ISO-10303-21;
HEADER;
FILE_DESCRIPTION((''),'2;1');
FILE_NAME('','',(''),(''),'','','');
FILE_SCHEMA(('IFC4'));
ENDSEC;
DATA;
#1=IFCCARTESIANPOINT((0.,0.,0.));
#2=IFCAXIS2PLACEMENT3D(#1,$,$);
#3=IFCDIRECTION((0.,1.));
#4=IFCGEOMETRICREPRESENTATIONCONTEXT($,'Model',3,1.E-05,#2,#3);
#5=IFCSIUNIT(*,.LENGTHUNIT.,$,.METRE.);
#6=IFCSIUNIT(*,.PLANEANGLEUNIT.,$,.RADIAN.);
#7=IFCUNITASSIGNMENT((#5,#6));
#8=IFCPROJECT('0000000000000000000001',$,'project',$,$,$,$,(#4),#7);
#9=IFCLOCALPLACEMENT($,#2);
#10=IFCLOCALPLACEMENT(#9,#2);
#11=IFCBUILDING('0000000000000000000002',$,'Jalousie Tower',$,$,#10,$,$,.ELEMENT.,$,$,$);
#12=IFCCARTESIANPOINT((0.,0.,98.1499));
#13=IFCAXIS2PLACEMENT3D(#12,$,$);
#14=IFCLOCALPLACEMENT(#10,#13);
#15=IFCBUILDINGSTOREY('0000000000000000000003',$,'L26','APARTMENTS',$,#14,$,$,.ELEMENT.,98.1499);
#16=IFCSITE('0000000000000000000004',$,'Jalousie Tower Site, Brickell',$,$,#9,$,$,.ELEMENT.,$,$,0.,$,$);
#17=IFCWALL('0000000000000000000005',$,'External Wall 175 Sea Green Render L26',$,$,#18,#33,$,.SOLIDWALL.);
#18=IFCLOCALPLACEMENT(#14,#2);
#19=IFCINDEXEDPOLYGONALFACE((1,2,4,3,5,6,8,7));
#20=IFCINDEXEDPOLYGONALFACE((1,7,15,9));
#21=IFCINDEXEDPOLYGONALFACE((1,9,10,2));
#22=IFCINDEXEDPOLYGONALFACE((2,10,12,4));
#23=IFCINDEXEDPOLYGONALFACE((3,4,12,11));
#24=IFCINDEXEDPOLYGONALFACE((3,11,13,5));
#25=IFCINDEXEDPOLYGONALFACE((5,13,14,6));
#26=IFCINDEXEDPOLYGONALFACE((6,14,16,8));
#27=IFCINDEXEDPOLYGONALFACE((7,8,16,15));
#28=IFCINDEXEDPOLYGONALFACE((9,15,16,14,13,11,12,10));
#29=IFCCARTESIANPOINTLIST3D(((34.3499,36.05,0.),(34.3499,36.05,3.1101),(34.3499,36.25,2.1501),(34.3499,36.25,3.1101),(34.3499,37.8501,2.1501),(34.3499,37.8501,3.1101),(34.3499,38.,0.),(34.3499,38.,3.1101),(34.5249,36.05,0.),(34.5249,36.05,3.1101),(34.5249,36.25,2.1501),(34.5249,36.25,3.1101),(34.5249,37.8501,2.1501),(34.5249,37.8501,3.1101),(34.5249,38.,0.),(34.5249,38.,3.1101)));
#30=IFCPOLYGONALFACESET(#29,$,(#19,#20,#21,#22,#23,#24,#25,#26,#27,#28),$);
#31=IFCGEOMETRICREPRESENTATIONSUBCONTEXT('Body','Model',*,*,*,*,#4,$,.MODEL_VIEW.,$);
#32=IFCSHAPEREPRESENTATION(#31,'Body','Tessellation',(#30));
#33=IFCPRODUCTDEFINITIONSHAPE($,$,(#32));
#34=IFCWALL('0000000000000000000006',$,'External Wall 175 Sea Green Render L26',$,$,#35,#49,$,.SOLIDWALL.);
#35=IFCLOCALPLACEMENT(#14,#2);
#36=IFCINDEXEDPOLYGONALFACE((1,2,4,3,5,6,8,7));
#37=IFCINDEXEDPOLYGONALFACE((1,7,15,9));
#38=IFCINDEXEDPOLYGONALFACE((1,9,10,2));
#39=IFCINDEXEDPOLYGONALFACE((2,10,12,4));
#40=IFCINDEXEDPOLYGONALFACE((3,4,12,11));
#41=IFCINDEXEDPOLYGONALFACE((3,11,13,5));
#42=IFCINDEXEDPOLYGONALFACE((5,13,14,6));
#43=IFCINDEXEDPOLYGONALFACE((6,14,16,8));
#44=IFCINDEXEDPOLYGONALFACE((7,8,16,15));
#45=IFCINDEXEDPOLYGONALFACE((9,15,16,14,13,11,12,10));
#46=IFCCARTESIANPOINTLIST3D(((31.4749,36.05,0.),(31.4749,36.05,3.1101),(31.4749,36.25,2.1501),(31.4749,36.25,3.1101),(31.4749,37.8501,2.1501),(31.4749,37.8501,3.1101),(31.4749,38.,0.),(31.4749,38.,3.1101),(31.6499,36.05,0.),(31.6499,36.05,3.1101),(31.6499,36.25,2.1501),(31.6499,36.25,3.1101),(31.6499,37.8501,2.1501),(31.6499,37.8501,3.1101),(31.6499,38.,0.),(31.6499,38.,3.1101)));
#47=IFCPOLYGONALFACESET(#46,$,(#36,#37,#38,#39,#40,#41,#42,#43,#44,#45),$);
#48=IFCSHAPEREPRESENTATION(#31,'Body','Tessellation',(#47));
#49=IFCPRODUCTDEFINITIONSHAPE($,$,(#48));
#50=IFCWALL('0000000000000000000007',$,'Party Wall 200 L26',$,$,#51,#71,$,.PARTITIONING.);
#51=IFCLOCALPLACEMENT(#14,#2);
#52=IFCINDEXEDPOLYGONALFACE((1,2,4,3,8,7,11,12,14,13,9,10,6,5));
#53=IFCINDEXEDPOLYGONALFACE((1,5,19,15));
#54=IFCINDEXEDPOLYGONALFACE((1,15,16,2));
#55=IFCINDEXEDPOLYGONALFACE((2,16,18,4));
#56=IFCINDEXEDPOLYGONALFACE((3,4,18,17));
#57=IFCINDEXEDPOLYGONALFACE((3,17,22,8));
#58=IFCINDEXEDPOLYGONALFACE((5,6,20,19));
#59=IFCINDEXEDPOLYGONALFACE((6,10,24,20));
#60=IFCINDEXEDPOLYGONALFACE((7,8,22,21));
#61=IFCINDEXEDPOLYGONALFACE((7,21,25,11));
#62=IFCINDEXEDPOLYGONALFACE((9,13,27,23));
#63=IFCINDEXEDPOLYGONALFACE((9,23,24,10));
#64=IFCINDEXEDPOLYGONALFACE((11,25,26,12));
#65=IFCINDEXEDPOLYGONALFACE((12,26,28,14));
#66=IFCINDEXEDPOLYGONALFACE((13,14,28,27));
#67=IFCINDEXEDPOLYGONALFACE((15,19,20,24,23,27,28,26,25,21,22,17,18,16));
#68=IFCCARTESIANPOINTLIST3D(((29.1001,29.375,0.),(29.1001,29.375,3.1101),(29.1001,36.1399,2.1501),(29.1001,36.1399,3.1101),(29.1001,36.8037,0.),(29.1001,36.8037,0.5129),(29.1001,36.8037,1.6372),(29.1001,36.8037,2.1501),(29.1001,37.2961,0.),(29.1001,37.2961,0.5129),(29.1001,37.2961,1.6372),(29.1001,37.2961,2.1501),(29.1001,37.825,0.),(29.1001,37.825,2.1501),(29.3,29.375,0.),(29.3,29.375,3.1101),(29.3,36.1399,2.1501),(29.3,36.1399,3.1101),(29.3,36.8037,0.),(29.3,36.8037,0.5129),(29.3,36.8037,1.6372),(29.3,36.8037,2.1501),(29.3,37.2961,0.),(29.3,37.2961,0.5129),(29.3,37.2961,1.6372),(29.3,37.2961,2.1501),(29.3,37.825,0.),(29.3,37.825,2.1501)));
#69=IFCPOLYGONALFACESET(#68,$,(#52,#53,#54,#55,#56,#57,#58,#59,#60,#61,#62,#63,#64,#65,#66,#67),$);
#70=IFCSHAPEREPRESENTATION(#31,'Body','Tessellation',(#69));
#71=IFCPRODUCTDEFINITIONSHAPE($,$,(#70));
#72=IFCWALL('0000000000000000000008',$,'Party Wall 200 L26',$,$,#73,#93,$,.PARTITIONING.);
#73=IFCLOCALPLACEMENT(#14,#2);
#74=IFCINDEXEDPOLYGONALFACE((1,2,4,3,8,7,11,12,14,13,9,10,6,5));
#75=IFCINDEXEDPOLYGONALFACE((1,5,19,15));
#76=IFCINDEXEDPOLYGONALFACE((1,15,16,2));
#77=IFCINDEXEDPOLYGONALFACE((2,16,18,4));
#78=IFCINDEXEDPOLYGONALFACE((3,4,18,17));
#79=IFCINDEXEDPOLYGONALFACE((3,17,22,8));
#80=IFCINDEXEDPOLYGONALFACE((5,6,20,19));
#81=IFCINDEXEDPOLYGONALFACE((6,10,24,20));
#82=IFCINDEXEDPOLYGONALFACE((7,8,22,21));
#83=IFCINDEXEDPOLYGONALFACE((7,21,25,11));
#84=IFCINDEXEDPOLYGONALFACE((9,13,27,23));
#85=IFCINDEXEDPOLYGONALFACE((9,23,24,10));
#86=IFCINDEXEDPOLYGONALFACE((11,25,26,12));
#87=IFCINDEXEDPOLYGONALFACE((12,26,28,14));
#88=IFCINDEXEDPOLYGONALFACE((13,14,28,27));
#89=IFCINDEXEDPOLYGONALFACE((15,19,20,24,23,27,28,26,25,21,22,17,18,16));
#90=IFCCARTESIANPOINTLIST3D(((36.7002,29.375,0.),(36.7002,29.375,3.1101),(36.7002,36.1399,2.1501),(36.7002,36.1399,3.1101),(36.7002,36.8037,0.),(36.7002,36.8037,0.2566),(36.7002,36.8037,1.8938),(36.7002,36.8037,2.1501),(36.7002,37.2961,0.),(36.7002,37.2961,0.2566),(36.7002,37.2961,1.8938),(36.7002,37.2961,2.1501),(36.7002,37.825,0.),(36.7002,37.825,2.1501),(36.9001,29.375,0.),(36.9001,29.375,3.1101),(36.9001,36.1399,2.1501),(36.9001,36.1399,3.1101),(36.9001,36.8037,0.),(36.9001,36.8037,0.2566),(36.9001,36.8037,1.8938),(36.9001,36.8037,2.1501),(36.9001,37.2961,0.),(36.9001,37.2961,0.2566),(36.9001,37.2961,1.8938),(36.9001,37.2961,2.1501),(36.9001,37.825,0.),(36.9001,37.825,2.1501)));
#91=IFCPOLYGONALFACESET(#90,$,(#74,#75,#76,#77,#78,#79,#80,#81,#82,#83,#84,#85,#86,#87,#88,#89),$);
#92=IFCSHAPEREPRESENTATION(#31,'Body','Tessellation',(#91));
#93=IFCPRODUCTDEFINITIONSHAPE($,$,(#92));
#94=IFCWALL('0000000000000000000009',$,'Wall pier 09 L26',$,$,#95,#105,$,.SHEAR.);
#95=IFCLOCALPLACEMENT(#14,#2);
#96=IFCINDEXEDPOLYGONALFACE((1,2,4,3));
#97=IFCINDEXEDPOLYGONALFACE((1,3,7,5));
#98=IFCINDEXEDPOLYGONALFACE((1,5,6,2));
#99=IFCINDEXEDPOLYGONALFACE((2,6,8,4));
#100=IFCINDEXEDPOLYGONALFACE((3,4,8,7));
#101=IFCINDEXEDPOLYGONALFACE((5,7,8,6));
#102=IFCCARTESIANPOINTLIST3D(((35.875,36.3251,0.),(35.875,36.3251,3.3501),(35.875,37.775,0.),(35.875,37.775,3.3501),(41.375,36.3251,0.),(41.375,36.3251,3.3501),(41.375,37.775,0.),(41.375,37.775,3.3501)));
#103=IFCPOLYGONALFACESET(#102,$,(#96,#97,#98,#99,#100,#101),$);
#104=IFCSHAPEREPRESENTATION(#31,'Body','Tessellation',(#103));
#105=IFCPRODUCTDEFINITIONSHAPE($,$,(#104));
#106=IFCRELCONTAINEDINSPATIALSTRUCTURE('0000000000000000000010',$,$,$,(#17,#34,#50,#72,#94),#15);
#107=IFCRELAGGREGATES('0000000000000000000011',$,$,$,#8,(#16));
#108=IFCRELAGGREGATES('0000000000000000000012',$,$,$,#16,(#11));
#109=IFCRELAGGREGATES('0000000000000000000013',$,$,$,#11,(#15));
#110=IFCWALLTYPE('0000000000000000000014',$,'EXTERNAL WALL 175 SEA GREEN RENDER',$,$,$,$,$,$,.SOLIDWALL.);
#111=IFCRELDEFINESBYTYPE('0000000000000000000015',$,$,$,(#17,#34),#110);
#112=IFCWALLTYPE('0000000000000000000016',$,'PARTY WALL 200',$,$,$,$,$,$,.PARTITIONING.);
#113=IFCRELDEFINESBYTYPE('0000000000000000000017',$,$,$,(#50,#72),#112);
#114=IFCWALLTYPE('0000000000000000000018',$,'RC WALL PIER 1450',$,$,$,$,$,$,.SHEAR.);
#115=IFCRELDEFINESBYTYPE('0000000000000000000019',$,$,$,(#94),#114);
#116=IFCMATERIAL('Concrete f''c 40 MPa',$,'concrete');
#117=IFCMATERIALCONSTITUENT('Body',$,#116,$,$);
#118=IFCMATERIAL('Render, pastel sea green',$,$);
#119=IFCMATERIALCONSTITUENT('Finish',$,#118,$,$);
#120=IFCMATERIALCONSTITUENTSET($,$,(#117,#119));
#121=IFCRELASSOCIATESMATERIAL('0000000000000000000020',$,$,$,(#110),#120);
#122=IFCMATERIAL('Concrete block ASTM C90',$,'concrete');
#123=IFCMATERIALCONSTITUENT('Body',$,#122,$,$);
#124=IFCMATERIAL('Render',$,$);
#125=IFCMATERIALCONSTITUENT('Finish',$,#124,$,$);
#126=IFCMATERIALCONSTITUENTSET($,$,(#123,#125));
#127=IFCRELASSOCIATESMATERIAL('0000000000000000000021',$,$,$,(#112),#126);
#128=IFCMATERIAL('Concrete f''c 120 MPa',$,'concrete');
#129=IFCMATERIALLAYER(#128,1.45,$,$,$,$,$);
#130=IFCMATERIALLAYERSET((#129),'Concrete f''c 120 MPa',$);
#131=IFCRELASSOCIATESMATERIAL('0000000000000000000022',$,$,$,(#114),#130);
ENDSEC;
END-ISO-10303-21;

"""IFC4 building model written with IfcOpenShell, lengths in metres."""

from ifc_helpers import new_model, si_unit, direction, frame, frame_2d, origin, place, context, subcontext, project, spatial, polyline, rectangle, outline, extrude, material, layer, layer_set, constituent, constituent_set, type_object, element, save


model = new_model("IFC4")

# Units and contexts
model_context = context("Model", 3, precision=1e-05, world=origin(), true_north=direction((0.0, 1.0)))
body_context = subcontext(model_context, "Body", "Model", "MODEL_VIEW")
ifc_project = project(units=[si_unit("LENGTHUNIT", "METRE"), si_unit("PLANEANGLEUNIT", "RADIAN")], contexts=[model_context])

# Site, building, storey
site_placement = place(None, origin())
site = spatial("IfcSite", under=ifc_project, at=site_placement, Name="Jalousie Tower Site, Brickell", CompositionType="ELEMENT", RefElevation=0.0)
building_placement = place(site_placement, origin())
building = spatial("IfcBuilding", under=site, at=building_placement, Name="Jalousie Tower", CompositionType="ELEMENT")
storey_placement = place(building_placement, frame((0.0, 0.0, 98.1499)))
storey = spatial("IfcBuildingStorey", under=building, at=storey_placement, Name="L26", Description="APARTMENTS", CompositionType="ELEMENT", Elevation=98.1499)

# Walls
ifc_material_1 = material(Name="Concrete f'c 40 MPa", Category="concrete")
ifc_constituent_1 = constituent(ifc_material_1, Name="Body")
ifc_material_2 = material(Name="Render, pastel sea green")
ifc_constituent_2 = constituent(ifc_material_2, Name="Finish")
ifc_constituent_set_1 = constituent_set(constituents=[ifc_constituent_1, ifc_constituent_2])
wall_type_1 = type_object("IfcWallType", Name="EXTERNAL WALL 175 SEA GREEN RENDER", PredefinedType="SOLIDWALL", material=ifc_constituent_set_1)
for number, where, z_axis, x_axis, name in (
    (1, (34.4375, 38.0, 0.0), (0.0, 0.0, 1.0), (0.0, -1.0, 0.0), "External Wall 175 Sea Green Render L26"),
    (2, (31.5625, 38.0, 0.0), (0.0, 0.0, 1.0), (0.0, -1.0, 0.0), "External Wall 175 Sea Green Render L26"),
):
    element("IfcWall", number, at=place(storey_placement, frame(where, z_axis=z_axis, x_axis=x_axis)), inside=storey, type_object=wall_type_1, Name=name, PredefinedType="SOLIDWALL", context=body_context, shape_type="SweptSolid", body=[
        extrude(outline(polyline([(0.0, 0.0), (1.95, 0.0), (1.95, 3.1101), (1.75, 3.1101), (1.75, 2.1501), (0.1499, 2.1501), (0.1499, 3.1101), (0.0, 3.1101), (0.0, 0.0)])), frame((0.0, 0.0874, 0.0), z_axis=(0.0, -1.0, 0.0), x_axis=(1.0, 0.0, 0.0)), (0.0, 0.0, 1.0), 0.175),
    ])
ifc_material_3 = material(Name="Concrete block ASTM C90", Category="concrete")
ifc_constituent_3 = constituent(ifc_material_3, Name="Body")
ifc_material_4 = material(Name="Render")
ifc_constituent_4 = constituent(ifc_material_4, Name="Finish")
ifc_constituent_set_2 = constituent_set(constituents=[ifc_constituent_3, ifc_constituent_4])
wall_type_2 = type_object("IfcWallType", Name="PARTY WALL 200", PredefinedType="PARTITIONING", material=ifc_constituent_set_2)
wall_1_placement = place(storey_placement, frame((29.2, 37.825, 0.0), z_axis=(0.0, 0.0, 1.0), x_axis=(0.0, -1.0, 0.0)))
element("IfcWall", 3, at=wall_1_placement, inside=storey, type_object=wall_type_2, Name="Party Wall 200 L26", PredefinedType="PARTITIONING", context=body_context, shape_type="SweptSolid", body=[
    extrude(outline(polyline([(0.5288, 2.1501), (0.0, 2.1501), (0.0, 0.0), (0.5288, 0.0), (0.5288, 0.5129), (1.0212, 0.5129), (1.0212, 0.0), (8.45, 0.0), (8.45, 3.1101), (1.6851, 3.1101), (1.6851, 2.1501), (1.0212, 2.1501), (1.0212, 1.6372), (0.5288, 1.6372), (0.5288, 2.1501)])), frame((0.0, 0.1001, 0.0), z_axis=(0.0, -1.0, 0.0), x_axis=(1.0, 0.0, 0.0)), (0.0, 0.0, 1.0), 0.2),
])
wall_2_placement = place(storey_placement, frame((36.8, 37.825, 0.0), z_axis=(0.0, 0.0, 1.0), x_axis=(0.0, -1.0, 0.0)))
element("IfcWall", 4, at=wall_2_placement, inside=storey, type_object=wall_type_2, Name="Party Wall 200 L26", PredefinedType="PARTITIONING", context=body_context, shape_type="SweptSolid", body=[
    extrude(outline(polyline([(0.5288, 2.1501), (0.0, 2.1501), (0.0, 0.0), (0.5288, 0.0), (0.5288, 0.2566), (1.0212, 0.2566), (1.0212, 0.0), (8.45, 0.0), (8.45, 3.1101), (1.6851, 3.1101), (1.6851, 2.1501), (1.0212, 2.1501), (1.0212, 1.8938), (0.5288, 1.8938), (0.5288, 2.1501)])), frame((0.0, 0.1001, 0.0), z_axis=(0.0, -1.0, 0.0), x_axis=(1.0, 0.0, 0.0)), (0.0, 0.0, 1.0), 0.2),
])
ifc_material_5 = material(Name="Concrete f'c 120 MPa", Category="concrete")
ifc_layer_1 = layer(ifc_material_5, 1.45)
ifc_layer_set_1 = layer_set([ifc_layer_1], Name="Concrete f'c 120 MPa")
wall_type_3 = type_object("IfcWallType", Name="RC WALL PIER 1450", PredefinedType="SHEAR", material=ifc_layer_set_1)
wall_3_placement = place(storey_placement, frame((35.875, 37.05, 0.0), z_axis=(0.0, 0.0, 1.0), x_axis=(1.0, 0.0, 0.0)))
element("IfcWall", 5, at=wall_3_placement, inside=storey, type_object=wall_type_3, Name="Wall pier 09 L26", PredefinedType="SHEAR", context=body_context, shape_type="SweptSolid", body=[
    extrude(rectangle(XDim=5.5, YDim=1.45, at=frame_2d((2.75, 0.0))), origin(), (0.0, 0.0, 1.0), 3.3501),
])

save(model, "model.ifc")
